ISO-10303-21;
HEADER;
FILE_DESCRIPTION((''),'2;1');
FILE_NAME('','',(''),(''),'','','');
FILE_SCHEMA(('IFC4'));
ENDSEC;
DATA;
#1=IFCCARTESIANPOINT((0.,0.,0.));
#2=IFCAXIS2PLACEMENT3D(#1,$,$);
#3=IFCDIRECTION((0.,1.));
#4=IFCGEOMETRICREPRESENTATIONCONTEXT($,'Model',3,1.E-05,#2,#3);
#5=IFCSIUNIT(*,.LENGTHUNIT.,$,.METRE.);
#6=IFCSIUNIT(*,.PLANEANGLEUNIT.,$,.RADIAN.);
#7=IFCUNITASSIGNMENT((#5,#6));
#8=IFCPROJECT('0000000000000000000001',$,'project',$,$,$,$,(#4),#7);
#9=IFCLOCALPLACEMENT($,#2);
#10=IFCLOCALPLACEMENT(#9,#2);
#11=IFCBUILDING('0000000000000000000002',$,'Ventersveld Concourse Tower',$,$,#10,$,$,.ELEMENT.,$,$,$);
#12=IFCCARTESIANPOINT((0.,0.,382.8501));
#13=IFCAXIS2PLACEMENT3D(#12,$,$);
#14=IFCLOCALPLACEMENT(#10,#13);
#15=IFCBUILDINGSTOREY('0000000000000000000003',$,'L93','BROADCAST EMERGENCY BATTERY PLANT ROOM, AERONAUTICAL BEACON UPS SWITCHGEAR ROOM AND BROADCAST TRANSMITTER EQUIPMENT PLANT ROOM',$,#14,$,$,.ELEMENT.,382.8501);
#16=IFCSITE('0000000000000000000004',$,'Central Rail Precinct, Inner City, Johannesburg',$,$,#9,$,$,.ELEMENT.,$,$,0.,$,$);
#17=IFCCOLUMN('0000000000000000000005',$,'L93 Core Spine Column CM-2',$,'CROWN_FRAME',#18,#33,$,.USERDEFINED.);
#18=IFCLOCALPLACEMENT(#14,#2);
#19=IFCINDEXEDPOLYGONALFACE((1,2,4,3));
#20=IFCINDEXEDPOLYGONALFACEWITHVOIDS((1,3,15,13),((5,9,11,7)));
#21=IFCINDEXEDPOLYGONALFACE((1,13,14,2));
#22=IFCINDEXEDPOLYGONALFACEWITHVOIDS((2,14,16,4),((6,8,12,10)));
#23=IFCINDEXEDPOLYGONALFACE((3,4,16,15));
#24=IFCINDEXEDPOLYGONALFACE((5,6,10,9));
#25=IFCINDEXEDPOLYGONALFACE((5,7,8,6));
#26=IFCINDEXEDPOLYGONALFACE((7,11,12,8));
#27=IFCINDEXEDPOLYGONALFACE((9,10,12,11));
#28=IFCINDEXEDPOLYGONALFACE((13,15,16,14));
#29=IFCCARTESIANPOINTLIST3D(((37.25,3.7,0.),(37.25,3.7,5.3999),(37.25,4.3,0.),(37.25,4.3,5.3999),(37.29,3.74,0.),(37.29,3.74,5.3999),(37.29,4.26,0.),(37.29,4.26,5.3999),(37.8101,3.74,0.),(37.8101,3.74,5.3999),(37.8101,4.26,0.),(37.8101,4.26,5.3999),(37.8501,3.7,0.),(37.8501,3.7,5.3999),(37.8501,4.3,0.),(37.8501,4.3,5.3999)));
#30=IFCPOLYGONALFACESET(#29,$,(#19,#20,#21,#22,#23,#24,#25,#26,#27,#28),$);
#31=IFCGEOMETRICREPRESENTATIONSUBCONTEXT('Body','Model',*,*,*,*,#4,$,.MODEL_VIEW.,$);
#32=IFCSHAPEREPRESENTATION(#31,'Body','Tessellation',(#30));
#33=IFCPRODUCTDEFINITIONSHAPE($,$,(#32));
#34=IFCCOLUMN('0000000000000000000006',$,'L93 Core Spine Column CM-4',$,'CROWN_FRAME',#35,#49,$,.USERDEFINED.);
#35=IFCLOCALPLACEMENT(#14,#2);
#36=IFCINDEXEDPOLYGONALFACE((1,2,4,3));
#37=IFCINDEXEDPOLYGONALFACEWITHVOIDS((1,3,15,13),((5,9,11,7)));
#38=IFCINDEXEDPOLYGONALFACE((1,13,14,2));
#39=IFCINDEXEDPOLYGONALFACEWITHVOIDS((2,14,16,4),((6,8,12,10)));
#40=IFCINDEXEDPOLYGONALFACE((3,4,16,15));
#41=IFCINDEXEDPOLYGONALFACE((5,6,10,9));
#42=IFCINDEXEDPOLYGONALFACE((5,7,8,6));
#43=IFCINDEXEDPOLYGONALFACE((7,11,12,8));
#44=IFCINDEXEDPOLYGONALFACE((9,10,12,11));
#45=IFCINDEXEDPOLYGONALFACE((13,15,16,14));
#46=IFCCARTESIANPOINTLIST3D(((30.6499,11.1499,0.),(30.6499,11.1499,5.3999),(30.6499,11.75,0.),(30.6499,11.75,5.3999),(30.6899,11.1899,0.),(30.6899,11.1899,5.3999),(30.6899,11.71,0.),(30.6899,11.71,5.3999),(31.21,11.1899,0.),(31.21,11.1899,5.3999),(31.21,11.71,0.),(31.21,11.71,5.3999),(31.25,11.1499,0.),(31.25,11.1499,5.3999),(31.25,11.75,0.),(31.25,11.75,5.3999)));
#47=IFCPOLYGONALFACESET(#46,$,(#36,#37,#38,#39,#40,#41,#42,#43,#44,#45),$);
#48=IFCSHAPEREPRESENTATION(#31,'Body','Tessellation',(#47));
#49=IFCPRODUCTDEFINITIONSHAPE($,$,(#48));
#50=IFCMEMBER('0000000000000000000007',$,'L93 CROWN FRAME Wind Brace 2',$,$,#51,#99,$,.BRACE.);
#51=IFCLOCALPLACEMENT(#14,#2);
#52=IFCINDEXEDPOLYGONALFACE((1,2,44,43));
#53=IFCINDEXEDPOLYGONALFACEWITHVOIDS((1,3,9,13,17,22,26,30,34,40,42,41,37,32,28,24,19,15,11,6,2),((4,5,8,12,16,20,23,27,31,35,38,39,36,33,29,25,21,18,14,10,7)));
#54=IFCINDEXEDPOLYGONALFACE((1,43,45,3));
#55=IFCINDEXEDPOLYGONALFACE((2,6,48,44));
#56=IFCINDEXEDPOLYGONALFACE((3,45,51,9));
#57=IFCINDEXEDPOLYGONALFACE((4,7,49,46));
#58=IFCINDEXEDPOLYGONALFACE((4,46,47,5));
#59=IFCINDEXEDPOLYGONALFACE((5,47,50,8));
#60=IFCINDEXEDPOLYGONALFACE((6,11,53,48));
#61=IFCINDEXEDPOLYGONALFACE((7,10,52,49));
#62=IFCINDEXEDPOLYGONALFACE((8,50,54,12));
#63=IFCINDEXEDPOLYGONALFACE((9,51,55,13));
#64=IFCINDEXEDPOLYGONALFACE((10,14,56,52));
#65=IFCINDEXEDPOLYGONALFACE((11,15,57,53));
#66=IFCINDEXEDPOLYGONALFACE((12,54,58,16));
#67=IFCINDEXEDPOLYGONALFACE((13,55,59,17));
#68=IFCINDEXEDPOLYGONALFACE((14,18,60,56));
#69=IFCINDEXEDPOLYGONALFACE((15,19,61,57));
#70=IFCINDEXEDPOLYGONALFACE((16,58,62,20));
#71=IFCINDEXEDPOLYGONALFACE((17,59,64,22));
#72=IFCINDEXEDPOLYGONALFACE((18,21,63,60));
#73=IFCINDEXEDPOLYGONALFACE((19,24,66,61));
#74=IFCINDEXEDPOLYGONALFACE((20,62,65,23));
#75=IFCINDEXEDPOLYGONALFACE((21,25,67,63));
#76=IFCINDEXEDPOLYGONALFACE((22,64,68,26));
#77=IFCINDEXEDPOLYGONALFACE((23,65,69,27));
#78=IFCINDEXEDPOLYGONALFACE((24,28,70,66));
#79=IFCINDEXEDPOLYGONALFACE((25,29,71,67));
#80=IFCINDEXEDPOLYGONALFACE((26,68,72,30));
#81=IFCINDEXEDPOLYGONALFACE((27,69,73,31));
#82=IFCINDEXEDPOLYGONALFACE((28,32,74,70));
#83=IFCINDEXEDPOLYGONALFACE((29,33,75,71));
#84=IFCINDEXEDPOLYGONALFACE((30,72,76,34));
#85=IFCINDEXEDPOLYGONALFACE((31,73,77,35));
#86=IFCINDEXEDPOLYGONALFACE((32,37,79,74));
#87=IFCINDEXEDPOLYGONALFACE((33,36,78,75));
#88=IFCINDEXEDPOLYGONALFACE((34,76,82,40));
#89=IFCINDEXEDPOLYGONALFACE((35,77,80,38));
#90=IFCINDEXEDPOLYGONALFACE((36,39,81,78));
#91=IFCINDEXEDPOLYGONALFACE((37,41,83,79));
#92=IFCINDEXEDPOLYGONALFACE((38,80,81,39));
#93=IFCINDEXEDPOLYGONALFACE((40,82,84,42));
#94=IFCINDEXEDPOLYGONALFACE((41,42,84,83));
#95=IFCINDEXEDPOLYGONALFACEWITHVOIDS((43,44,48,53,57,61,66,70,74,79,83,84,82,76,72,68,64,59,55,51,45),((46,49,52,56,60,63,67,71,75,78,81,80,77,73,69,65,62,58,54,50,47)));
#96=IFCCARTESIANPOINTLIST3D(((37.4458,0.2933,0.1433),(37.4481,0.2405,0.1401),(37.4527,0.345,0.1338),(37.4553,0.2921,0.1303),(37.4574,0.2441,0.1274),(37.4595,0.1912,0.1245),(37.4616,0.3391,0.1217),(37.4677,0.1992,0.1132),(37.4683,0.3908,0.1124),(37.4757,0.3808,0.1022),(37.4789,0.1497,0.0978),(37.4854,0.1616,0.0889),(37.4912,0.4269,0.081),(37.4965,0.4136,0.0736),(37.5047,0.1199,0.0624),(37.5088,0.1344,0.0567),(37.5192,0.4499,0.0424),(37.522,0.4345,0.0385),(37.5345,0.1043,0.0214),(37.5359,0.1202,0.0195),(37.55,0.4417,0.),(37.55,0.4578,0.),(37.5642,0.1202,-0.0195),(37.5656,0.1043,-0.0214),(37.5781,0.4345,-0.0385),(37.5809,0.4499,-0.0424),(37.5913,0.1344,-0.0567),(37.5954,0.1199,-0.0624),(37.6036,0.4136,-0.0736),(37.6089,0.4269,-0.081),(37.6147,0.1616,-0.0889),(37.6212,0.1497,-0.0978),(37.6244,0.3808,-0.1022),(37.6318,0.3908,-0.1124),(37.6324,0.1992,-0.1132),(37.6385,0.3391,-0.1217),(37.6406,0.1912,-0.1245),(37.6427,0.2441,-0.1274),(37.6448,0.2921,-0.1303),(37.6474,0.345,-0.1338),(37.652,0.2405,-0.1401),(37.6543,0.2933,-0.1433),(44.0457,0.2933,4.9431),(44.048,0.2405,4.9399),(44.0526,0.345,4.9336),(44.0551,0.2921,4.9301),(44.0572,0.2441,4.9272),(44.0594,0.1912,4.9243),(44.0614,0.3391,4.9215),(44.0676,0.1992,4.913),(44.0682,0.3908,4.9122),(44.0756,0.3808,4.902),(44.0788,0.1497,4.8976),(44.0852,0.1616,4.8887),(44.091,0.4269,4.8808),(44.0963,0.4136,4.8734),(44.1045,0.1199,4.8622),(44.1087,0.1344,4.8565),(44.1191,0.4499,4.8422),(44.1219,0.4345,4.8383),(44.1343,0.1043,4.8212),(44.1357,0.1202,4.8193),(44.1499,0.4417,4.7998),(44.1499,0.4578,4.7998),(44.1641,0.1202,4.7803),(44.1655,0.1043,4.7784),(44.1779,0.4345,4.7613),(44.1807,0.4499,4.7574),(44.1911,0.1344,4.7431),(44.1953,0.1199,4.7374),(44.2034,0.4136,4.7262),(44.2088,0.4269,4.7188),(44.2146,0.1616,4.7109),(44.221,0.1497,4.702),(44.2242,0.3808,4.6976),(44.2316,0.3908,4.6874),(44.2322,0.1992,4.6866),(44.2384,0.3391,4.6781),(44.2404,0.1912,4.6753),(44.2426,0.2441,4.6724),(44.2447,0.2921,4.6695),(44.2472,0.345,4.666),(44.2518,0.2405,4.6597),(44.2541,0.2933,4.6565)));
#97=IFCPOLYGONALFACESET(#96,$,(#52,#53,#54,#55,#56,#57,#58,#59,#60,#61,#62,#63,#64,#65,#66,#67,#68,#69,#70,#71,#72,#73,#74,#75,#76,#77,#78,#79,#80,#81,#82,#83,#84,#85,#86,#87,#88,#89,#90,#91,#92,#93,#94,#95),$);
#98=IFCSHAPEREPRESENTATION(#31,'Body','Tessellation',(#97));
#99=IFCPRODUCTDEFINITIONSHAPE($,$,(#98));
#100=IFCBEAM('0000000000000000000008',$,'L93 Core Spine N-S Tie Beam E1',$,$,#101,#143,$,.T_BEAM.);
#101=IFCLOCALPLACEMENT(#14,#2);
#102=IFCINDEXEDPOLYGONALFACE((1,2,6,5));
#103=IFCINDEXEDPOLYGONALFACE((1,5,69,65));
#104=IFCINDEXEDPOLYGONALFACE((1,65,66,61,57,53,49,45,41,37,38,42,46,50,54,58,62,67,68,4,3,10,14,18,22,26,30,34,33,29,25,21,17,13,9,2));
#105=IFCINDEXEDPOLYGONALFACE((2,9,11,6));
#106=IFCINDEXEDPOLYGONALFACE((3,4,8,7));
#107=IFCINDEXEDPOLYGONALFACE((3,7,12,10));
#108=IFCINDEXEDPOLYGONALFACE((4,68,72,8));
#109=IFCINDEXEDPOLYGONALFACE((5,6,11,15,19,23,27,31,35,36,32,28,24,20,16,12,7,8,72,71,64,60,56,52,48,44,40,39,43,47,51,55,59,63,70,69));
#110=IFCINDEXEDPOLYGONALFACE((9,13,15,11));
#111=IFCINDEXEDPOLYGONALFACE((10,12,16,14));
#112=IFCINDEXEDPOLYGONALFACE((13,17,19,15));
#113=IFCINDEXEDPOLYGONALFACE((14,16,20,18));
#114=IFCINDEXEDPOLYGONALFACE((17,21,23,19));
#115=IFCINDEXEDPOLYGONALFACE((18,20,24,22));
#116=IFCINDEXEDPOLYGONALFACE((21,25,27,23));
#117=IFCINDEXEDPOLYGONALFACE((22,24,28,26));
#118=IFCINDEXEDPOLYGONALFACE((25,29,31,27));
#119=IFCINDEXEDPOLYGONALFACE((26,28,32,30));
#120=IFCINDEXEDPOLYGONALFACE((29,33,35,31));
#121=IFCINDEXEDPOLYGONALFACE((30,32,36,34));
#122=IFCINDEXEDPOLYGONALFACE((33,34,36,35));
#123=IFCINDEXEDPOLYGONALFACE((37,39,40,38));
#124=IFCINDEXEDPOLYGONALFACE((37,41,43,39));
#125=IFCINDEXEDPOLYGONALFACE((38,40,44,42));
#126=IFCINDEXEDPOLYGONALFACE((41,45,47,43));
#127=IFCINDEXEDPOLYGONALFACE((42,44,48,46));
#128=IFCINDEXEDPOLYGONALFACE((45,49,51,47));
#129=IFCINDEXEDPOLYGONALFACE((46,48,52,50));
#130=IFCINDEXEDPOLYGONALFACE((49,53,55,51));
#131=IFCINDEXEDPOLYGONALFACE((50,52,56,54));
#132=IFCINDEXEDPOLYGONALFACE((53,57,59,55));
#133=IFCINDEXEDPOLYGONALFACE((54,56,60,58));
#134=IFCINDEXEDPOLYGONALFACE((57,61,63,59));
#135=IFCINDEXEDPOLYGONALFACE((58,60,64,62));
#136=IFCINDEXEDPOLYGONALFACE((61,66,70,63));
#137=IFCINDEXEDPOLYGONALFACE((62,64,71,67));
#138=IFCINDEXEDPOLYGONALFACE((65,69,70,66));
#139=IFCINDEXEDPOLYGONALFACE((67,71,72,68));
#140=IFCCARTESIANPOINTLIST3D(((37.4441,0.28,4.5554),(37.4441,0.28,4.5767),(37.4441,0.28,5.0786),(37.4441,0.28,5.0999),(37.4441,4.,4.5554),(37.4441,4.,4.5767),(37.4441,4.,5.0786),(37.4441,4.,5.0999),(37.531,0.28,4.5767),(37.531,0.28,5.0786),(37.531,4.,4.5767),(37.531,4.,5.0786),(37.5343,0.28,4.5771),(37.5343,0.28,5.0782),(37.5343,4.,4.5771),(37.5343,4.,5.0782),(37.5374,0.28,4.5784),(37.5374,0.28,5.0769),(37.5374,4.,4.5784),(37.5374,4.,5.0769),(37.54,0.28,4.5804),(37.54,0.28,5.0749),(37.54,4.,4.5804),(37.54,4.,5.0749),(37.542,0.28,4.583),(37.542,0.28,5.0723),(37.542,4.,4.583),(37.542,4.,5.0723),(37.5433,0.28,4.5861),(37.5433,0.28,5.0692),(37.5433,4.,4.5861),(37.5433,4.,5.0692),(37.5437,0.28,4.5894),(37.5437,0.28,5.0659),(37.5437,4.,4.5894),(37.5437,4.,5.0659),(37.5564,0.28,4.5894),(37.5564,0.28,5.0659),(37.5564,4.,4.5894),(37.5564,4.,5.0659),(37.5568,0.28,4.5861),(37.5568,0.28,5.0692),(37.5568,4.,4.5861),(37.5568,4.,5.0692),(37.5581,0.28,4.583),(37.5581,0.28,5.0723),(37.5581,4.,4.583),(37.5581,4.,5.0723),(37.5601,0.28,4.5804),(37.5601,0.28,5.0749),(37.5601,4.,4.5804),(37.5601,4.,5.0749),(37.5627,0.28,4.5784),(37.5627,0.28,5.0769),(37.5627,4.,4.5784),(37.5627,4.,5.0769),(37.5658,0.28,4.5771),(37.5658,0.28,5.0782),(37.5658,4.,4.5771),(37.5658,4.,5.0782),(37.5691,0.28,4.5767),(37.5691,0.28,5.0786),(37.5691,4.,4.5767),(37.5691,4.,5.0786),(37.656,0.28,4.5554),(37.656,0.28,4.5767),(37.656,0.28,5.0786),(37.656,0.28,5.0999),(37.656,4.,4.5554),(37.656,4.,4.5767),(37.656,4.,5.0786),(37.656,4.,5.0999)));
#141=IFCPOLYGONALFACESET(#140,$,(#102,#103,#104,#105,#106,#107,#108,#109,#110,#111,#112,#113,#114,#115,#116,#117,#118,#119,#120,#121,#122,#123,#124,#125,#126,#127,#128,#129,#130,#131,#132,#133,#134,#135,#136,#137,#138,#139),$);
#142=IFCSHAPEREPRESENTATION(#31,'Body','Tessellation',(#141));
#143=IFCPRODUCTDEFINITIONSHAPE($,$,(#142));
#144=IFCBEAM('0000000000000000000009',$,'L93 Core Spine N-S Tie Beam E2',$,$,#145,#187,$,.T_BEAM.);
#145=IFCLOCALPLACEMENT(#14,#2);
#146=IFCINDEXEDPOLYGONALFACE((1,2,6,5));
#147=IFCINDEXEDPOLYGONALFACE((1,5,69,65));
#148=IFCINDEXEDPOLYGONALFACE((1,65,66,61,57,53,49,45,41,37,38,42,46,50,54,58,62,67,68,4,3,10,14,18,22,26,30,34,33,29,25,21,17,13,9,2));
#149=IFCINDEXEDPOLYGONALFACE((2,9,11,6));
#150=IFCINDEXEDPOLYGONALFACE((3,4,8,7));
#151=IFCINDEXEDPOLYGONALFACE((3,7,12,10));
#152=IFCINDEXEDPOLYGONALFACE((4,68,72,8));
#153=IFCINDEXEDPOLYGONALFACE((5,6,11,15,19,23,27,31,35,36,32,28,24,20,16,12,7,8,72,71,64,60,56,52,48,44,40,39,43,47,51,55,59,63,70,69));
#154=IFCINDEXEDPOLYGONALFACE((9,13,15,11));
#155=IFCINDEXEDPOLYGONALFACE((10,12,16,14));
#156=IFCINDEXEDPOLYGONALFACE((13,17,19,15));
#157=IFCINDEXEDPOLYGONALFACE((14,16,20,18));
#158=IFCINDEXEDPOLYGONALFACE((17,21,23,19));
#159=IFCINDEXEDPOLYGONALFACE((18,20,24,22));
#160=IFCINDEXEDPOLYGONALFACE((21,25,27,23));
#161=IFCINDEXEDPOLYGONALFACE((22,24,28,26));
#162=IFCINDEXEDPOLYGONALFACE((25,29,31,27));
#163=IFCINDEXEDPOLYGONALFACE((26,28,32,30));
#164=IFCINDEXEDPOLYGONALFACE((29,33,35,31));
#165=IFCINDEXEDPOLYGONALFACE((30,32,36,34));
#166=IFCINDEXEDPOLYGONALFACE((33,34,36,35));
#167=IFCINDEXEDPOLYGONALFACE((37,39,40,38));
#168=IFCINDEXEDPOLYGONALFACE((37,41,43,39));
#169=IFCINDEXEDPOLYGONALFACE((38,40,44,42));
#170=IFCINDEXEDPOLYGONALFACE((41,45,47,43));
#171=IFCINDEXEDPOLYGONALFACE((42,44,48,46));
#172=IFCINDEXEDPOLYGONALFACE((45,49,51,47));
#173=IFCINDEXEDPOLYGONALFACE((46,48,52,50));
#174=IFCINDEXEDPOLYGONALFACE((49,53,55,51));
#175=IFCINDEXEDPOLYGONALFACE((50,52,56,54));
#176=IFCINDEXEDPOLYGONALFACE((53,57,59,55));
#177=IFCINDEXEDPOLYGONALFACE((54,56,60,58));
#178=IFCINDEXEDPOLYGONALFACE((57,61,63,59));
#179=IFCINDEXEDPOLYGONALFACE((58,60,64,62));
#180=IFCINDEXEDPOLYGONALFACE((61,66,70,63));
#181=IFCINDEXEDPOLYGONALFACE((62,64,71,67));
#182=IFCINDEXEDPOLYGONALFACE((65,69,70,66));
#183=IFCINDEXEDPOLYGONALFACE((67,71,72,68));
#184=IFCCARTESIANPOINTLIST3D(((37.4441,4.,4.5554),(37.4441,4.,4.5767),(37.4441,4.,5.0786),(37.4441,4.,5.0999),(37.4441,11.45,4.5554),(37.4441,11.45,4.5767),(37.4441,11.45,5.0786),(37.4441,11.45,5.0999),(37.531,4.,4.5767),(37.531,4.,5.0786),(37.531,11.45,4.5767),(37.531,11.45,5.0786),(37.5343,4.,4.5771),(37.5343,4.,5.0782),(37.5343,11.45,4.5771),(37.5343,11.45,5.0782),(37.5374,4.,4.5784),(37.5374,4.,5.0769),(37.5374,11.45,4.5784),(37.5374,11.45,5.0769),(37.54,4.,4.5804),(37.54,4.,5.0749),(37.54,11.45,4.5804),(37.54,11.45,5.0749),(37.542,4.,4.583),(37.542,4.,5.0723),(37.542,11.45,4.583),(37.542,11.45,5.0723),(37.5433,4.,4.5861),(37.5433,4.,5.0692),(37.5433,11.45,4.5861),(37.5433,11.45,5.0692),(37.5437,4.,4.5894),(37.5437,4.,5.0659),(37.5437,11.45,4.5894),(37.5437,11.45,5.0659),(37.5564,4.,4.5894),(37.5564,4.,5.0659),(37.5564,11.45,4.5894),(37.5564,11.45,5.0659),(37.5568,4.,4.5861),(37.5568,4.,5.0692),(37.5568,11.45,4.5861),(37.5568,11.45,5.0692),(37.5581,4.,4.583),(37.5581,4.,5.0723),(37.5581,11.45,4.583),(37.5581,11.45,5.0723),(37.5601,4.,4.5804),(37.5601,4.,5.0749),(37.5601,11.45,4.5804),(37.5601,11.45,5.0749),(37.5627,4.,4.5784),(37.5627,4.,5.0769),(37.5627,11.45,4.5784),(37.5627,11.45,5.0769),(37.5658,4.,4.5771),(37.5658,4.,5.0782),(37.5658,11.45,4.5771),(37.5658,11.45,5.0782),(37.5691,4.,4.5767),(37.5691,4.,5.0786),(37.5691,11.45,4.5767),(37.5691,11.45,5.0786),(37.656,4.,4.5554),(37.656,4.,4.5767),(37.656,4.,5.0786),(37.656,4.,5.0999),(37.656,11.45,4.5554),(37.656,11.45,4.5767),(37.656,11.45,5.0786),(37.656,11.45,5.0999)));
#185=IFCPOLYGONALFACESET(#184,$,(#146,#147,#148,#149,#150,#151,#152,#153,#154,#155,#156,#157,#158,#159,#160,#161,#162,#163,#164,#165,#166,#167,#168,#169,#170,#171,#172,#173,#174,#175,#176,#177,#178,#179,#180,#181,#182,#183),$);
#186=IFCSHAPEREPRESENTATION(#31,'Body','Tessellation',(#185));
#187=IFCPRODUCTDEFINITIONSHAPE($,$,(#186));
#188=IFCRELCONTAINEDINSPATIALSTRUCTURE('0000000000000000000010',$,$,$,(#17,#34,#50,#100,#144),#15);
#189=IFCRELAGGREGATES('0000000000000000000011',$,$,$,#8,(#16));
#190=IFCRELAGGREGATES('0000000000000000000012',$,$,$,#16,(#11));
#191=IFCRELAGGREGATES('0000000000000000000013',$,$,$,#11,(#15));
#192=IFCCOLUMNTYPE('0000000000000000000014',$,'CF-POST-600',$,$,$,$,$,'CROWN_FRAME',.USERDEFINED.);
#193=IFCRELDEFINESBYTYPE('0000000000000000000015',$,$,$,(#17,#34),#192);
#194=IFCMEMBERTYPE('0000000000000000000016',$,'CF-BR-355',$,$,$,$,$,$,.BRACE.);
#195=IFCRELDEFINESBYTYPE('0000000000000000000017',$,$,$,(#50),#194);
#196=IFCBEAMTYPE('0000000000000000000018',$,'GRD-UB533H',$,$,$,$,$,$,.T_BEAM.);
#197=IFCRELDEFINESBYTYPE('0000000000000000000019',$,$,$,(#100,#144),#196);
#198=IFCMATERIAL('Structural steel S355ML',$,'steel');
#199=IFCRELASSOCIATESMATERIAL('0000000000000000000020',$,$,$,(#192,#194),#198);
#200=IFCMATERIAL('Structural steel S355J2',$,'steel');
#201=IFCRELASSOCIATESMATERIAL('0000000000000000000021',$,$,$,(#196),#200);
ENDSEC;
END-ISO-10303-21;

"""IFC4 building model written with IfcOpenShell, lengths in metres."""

from ifc_helpers import new_model, si_unit, direction, frame, origin, origin_2d, place, context, subcontext, project, spatial, hollow_rectangle, hollow_circle, i_section, extrude, material, material_profile, profile_set, type_object, element, save


model = new_model("IFC4")

# Units and contexts
model_context = context("Model", 3, precision=1e-05, world=origin(), true_north=direction((0.0, 1.0)))
body_context = subcontext(model_context, "Body", "Model", "MODEL_VIEW")
ifc_project = project(units=[si_unit("LENGTHUNIT", "METRE"), si_unit("PLANEANGLEUNIT", "RADIAN")], contexts=[model_context])

# Site, building, storey
site_placement = place(None, origin())
site = spatial("IfcSite", under=ifc_project, at=site_placement, Name="Central Rail Precinct, Inner City, Johannesburg", CompositionType="ELEMENT", RefElevation=0.0)
building_placement = place(site_placement, origin())
building = spatial("IfcBuilding", under=site, at=building_placement, Name="Ventersveld Concourse Tower", CompositionType="ELEMENT")
storey_placement = place(building_placement, frame((0.0, 0.0, 382.8501)))
storey = spatial("IfcBuildingStorey", under=building, at=storey_placement, Name="L93", Description="BROADCAST EMERGENCY BATTERY PLANT ROOM, AERONAUTICAL BEACON UPS SWITCHGEAR ROOM AND BROADCAST TRANSMITTER EQUIPMENT PLANT ROOM", CompositionType="ELEMENT", Elevation=382.8501)

# Columns
ifc_material_1 = material(Name="Structural steel S355ML", Category="steel")
ifc_material_profile_1 = material_profile(ifc_material_1, hollow_rectangle(XDim=0.6001, YDim=0.6001, WallThickness=0.04, at=origin_2d()), Name="BOX 600x600x40")
ifc_profile_set_1 = profile_set([ifc_material_profile_1], Name="Structural steel S355ML")
column_type = type_object("IfcColumnType", Name="CF-POST-600", ElementType="CROWN_FRAME", PredefinedType="USERDEFINED", material=ifc_profile_set_1)
for number, where, z_axis, x_axis, name in (
    (1, (37.55, 4.0, 0.0), (0.0, 0.0, 1.0), (1.0, 0.0, 0.0), "L93 Core Spine Column CM-2"),
    (2, (30.95, 11.45, 0.0), (0.0, 0.0, 1.0), (1.0, 0.0, 0.0), "L93 Core Spine Column CM-4"),
):
    element("IfcColumn", number, at=place(storey_placement, frame(where, z_axis=z_axis, x_axis=x_axis)), inside=storey, type_object=column_type, Name=name, ObjectType="CROWN_FRAME", PredefinedType="USERDEFINED", context=body_context, shape_type="SweptSolid", body=[
        extrude(hollow_rectangle(XDim=0.6001, YDim=0.6001, WallThickness=0.04, at=origin_2d()), origin(), (0.0, 0.0, 1.0), 5.3999),
    ])

# Member
ifc_material_profile_2 = material_profile(ifc_material_1, hollow_circle(Radius=0.1777, WallThickness=0.0161, at=origin_2d()), Name="CHS 355.6x16")
ifc_profile_set_2 = profile_set([ifc_material_profile_2], Name="Structural steel S355ML")
member_type = type_object("IfcMemberType", Name="CF-BR-355", PredefinedType="BRACE", material=ifc_profile_set_2)
member_placement = place(storey_placement, frame((37.55, 0.28, 0.0), z_axis=(0.808741, 0.0, 0.588165), x_axis=(0.0, 1.0, 0.0)))
element("IfcMember", 3, at=member_placement, inside=storey, type_object=member_type, Name="L93 CROWN FRAME Wind Brace 2", PredefinedType="BRACE", context=body_context, shape_type="SweptSolid", body=[
    extrude(hollow_circle(Radius=0.1777, WallThickness=0.0161, at=origin_2d()), origin(), (0.0, 0.0, 1.0), 8.1606),
])

# Beams
ifc_material_2 = material(Name="Structural steel S355J2", Category="steel")
ifc_material_profile_3 = material_profile(ifc_material_2, i_section(OverallWidth=0.2119, OverallDepth=0.5444, WebThickness=0.0127, FlangeThickness=0.0212, FilletRadius=0.0127, at=origin_2d()), Name="UB 533x210x122")
ifc_profile_set_3 = profile_set([ifc_material_profile_3], Name="Structural steel S355J2")
beam_type_1 = type_object("IfcBeamType", Name="GRD-UB533H", PredefinedType="T_BEAM", material=ifc_profile_set_3)
beam_1_placement = place(storey_placement, frame((37.55, 0.28, 4.8276), z_axis=(0.0, 1.0, 0.0), x_axis=(-1.0, 0.0, 0.0)))
element("IfcBeam", 4, at=beam_1_placement, inside=storey, type_object=beam_type_1, Name="L93 Core Spine N-S Tie Beam E1", PredefinedType="T_BEAM", context=body_context, shape_type="SweptSolid", body=[
    extrude(i_section(OverallWidth=0.2119, OverallDepth=0.5444, WebThickness=0.0127, FlangeThickness=0.0212, FilletRadius=0.0127, at=origin_2d()), origin(), (0.0, 0.0, 1.0), 3.72),
])
beam_2_placement = place(storey_placement, frame((37.55, 4.0, 4.8276), z_axis=(0.0, 1.0, 0.0), x_axis=(-1.0, 0.0, 0.0)))
element("IfcBeam", 5, at=beam_2_placement, inside=storey, type_object=beam_type_1, Name="L93 Core Spine N-S Tie Beam E2", PredefinedType="T_BEAM", context=body_context, shape_type="SweptSolid", body=[
    extrude(i_section(OverallWidth=0.2119, OverallDepth=0.5444, WebThickness=0.0127, FlangeThickness=0.0212, FilletRadius=0.0127, at=origin_2d()), origin(), (0.0, 0.0, 1.0), 7.45),
])

save(model, "model.ifc")
